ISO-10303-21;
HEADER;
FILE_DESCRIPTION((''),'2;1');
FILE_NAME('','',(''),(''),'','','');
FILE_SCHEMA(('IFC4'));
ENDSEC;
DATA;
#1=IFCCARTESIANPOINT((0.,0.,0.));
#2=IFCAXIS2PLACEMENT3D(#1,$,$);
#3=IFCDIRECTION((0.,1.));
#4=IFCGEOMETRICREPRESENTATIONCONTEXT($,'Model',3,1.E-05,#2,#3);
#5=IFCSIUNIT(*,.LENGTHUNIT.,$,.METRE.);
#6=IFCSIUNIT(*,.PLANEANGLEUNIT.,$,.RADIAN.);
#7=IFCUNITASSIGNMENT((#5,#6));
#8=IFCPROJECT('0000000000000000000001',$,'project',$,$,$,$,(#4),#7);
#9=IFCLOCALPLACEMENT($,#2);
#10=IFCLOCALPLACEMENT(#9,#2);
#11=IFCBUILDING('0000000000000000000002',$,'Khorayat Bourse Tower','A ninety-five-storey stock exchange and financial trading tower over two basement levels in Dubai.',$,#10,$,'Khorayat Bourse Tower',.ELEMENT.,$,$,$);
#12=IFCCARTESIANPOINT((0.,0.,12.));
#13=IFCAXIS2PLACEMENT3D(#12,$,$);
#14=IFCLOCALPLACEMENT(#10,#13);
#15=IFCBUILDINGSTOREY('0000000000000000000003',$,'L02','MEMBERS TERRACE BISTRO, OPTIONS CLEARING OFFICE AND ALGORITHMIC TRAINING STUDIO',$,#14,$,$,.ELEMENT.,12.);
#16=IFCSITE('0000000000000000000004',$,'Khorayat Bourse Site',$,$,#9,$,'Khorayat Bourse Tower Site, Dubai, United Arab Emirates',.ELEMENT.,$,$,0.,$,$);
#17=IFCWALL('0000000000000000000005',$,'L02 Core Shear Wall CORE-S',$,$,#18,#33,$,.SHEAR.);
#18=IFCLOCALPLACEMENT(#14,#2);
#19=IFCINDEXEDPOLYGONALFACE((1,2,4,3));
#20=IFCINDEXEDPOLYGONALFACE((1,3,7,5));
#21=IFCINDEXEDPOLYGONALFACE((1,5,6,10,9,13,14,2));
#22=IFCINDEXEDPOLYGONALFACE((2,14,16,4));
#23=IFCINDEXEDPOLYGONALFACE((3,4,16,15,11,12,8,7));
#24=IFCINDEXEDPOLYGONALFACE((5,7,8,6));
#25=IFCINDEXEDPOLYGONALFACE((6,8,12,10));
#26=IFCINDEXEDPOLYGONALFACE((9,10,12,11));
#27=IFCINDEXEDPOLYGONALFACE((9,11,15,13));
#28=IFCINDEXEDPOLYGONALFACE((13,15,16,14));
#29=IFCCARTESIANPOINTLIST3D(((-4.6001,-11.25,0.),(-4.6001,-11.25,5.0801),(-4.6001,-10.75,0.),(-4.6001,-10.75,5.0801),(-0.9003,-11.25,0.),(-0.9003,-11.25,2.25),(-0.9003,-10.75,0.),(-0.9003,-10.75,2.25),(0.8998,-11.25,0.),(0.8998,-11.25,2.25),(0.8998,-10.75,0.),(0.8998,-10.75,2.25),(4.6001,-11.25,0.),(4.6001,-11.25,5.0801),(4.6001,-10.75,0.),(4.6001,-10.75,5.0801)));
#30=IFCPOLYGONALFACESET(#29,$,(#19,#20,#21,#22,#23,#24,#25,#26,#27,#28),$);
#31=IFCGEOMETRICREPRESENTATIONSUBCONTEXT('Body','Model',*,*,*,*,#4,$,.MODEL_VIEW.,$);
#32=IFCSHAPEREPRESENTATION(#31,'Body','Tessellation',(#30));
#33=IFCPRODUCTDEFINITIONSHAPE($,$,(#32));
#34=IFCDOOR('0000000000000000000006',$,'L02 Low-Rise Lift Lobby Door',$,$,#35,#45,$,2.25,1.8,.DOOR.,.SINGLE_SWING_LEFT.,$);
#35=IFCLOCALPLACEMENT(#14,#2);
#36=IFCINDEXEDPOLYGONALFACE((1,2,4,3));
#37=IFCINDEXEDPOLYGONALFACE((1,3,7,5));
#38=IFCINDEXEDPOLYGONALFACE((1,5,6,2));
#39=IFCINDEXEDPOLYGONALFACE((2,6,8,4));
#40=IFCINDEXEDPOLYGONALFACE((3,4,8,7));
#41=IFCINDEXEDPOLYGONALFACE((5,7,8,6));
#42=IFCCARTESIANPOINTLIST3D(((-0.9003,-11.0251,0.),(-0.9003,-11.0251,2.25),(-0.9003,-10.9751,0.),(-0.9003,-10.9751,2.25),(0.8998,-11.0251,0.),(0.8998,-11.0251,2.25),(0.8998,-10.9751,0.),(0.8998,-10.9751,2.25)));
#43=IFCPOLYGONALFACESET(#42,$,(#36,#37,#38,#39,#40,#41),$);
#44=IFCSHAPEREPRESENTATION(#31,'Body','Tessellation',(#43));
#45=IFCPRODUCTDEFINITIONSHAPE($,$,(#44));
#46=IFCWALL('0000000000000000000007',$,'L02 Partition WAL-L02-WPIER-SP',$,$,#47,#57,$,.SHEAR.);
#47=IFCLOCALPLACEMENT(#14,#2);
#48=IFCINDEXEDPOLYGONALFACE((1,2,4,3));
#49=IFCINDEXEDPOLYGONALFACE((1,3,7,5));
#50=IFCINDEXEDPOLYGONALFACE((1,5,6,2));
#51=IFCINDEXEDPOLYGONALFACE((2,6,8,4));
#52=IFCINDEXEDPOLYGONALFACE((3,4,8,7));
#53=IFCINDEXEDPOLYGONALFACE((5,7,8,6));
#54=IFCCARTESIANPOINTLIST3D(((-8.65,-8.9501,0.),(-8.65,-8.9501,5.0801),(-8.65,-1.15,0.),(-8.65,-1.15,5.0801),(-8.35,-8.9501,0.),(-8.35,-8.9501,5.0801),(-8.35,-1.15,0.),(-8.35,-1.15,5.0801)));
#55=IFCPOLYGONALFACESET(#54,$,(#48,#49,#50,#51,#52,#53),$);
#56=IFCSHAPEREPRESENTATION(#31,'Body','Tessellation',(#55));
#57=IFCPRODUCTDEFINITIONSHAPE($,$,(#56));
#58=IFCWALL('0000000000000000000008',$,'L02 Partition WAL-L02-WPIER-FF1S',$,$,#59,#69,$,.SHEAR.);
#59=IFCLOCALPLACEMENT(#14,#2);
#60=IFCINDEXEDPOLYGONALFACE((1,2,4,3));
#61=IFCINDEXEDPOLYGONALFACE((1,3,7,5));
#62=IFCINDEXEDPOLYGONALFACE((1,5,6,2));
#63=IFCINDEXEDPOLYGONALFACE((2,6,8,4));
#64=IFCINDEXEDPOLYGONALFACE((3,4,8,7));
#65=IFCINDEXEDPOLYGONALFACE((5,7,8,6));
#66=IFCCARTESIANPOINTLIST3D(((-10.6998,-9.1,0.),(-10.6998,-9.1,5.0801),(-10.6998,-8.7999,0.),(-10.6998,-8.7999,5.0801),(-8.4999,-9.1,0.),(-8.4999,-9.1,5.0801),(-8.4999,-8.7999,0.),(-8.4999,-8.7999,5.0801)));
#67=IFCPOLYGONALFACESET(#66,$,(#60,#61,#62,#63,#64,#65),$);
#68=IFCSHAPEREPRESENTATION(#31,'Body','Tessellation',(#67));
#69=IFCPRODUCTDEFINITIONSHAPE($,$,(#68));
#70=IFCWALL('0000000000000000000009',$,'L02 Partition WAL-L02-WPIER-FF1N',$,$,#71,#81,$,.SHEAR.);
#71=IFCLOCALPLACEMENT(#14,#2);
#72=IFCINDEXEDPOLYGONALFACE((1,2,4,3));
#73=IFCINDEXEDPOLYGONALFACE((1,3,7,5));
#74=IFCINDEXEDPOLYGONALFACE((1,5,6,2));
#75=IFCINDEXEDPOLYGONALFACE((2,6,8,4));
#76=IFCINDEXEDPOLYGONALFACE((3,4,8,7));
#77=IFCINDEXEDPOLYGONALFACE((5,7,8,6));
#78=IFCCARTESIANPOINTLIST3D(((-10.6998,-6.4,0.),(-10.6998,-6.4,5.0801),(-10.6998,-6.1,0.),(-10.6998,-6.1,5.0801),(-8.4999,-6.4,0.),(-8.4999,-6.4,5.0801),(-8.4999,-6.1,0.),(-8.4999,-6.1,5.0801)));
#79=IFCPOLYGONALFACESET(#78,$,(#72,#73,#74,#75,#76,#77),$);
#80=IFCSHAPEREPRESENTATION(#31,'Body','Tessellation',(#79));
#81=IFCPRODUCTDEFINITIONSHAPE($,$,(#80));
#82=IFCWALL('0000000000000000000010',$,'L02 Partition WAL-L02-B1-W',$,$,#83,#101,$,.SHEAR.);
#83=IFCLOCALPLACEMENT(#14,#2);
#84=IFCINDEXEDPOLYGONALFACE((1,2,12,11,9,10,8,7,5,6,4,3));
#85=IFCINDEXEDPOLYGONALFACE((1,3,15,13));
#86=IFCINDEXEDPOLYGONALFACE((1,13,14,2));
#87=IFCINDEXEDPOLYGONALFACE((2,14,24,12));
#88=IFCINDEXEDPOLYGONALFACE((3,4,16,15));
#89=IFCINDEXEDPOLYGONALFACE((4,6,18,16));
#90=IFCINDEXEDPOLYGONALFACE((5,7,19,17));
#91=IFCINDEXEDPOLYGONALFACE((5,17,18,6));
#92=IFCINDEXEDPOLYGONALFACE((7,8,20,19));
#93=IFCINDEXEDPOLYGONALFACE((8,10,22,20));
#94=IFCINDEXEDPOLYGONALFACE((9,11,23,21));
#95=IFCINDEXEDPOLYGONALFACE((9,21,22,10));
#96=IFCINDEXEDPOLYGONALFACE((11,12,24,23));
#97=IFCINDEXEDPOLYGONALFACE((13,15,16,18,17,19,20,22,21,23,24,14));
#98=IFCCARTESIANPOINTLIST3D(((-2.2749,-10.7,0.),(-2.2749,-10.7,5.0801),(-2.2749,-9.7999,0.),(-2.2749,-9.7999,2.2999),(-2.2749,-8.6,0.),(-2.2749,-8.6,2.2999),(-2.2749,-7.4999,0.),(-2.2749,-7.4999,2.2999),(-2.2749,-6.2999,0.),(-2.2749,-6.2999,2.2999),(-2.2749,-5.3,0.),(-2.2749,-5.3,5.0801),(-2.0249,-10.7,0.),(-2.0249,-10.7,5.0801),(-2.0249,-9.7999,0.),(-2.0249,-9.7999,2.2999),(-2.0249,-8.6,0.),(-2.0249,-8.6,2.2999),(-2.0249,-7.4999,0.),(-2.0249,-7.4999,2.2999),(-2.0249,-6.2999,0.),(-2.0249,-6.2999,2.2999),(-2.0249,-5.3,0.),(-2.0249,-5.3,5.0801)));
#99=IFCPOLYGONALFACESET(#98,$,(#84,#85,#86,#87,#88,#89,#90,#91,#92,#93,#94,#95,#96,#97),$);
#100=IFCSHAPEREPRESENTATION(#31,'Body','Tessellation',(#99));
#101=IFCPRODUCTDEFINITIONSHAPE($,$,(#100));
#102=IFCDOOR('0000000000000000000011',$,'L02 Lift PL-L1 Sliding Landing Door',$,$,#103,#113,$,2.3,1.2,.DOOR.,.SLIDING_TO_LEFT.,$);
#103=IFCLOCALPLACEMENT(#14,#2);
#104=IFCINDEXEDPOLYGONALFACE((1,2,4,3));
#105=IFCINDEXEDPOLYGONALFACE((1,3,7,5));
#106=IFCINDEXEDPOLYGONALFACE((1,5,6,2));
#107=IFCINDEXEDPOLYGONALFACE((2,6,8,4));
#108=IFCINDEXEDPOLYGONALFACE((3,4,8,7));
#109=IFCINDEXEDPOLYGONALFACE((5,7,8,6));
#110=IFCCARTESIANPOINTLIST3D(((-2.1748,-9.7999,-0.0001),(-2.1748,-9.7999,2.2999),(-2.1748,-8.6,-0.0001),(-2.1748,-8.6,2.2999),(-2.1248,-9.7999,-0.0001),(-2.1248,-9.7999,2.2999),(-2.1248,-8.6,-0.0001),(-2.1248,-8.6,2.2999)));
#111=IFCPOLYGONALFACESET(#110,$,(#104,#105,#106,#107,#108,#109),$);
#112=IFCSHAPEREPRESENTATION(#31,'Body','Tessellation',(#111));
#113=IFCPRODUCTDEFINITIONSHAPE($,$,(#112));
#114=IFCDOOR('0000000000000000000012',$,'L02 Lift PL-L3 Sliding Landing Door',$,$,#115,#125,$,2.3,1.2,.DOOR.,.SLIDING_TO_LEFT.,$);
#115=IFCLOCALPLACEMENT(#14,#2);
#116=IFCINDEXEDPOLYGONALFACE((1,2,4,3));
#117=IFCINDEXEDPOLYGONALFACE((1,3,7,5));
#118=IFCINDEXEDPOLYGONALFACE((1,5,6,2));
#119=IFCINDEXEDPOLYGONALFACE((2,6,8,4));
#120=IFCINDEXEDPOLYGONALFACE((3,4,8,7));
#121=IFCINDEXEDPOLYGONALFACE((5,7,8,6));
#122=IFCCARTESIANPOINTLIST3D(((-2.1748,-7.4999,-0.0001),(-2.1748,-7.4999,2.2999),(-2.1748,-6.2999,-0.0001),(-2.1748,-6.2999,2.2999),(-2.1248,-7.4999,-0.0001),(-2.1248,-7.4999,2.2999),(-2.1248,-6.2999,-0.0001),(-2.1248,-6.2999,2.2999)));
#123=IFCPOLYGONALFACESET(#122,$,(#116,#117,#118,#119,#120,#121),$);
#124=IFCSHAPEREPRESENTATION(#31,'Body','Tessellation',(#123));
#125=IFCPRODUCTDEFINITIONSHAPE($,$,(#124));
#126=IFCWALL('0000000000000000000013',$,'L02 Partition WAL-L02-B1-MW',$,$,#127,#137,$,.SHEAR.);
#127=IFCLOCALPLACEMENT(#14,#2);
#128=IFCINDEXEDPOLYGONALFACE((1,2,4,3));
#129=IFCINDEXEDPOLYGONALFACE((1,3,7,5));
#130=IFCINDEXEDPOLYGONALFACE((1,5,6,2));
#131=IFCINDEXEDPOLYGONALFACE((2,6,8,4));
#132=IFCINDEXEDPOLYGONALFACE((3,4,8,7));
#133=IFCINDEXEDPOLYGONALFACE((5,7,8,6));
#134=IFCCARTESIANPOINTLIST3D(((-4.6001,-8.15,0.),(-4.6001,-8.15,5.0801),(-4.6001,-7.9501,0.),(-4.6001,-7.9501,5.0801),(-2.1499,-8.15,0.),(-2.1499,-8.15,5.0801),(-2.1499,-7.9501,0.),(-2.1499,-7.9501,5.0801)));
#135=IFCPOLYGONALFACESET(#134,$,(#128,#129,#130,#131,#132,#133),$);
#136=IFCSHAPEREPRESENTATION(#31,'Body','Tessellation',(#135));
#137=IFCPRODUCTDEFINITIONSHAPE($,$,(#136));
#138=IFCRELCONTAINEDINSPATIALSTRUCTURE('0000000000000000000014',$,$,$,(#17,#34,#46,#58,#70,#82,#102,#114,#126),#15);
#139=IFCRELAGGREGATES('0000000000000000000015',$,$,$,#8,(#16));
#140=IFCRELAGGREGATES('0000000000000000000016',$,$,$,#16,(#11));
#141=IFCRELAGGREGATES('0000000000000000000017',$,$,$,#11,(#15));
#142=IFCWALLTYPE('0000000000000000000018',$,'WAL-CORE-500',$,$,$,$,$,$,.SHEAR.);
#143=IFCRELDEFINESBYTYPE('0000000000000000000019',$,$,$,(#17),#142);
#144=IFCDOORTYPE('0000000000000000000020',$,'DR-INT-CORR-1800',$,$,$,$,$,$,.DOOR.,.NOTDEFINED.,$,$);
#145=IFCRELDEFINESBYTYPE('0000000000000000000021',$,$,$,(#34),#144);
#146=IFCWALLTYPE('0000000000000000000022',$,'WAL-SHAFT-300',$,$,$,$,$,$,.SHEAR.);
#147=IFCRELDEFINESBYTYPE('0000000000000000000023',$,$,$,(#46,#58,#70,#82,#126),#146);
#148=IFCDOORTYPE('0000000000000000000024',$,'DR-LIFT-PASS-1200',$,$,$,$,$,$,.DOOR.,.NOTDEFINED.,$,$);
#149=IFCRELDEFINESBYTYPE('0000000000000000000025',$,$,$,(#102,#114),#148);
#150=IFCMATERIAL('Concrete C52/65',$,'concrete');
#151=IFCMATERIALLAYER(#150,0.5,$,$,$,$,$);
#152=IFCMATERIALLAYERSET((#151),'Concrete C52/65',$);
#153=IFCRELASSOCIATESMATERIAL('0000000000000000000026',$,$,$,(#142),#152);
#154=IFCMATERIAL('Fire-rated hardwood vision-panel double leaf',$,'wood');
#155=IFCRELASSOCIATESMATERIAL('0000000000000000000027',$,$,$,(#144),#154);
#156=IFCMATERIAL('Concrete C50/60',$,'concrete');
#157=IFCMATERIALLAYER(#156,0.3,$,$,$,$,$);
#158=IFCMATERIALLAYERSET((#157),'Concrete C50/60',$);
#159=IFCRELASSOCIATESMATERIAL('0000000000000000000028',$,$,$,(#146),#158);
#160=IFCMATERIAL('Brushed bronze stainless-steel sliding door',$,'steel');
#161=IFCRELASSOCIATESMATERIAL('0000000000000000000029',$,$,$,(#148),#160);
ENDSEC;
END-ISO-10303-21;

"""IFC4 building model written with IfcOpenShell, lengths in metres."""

from ifc_helpers import new_model, si_unit, direction, frame, frame_2d, origin, place, context, subcontext, project, spatial, rectangle, extrude, source, transform, mapped, material, layer, layer_set, type_object, element, fill, save


model = new_model("IFC4")

# Units and contexts
model_context = context("Model", 3, precision=1e-05, world=origin(), true_north=direction((0.0, 1.0)))
body_context = subcontext(model_context, "Body", "Model", "MODEL_VIEW")
ifc_project = project(units=[si_unit("LENGTHUNIT", "METRE"), si_unit("PLANEANGLEUNIT", "RADIAN")], contexts=[model_context])

# Site, building, storey
site_placement = place(None, origin())
site = spatial("IfcSite", under=ifc_project, at=site_placement, Name="Khorayat Bourse Site", LongName="Khorayat Bourse Tower Site, Dubai, United Arab Emirates", CompositionType="ELEMENT", RefElevation=0.0)
building_placement = place(site_placement, origin())
building = spatial("IfcBuilding", under=site, at=building_placement, Name="Khorayat Bourse Tower", Description="A ninety-five-storey stock exchange and financial trading tower over two basement levels in Dubai.", LongName="Khorayat Bourse Tower", CompositionType="ELEMENT")
storey_placement = place(building_placement, frame((0.0, 0.0, 12.0)))
storey = spatial("IfcBuildingStorey", under=building, at=storey_placement, Name="L02", Description="MEMBERS TERRACE BISTRO, OPTIONS CLEARING OFFICE AND ALGORITHMIC TRAINING STUDIO", CompositionType="ELEMENT", Elevation=12.0)

# Shared definitions
ifc_material_1 = material(Name="Concrete C52/65", Category="concrete")
ifc_layer_1 = layer(ifc_material_1, 0.5)
ifc_layer_set_1 = layer_set([ifc_layer_1], Name="Concrete C52/65")
wall_type_1 = type_object("IfcWallType", Name="WAL-CORE-500", PredefinedType="SHEAR", material=ifc_layer_set_1)

# Wall, opening, door
shared_shape_1 = source(origin(), body_context, "Body", "SweptSolid", [
    extrude(rectangle(XDim=9.2002, YDim=0.5, at=frame_2d((4.6001, 0.0))), origin(), (0.0, 0.0, 1.0), 5.0801),
])
wall_1_placement = place(storey_placement, frame((-4.6001, -11.0, 0.0), z_axis=(0.0, 0.0, 1.0), x_axis=(1.0, 0.0, 0.0)))
wall_1 = element("IfcWall", 1, at=wall_1_placement, inside=storey, type_object=wall_type_1, Name="L02 Core Shear Wall CORE-S", PredefinedType="SHEAR", context=body_context, shape_type="MappedRepresentation", body=[
    mapped(shared_shape_1, transform((0.0, 0.0, 0.0), scale=1.0)),
])
shared_shape_2 = source(origin(), body_context, "Body", "SweptSolid", [
    extrude(rectangle(XDim=1.8, YDim=2.25, at=frame_2d((0.8999, 1.125))), frame((0.0, 0.26, 0.0), z_axis=(0.0, -1.0, 0.0), x_axis=(1.0, 0.0, 0.0)), (0.0, 0.0, 1.0), 0.52),
])
opening_1_placement = place(wall_1_placement, frame((3.7, 0.0, 0.0)))
opening_1 = element("IfcOpeningElement", 2, at=opening_1_placement, cuts=wall_1, PredefinedType="OPENING", context=body_context, shape_type="MappedRepresentation", body=[
    mapped(shared_shape_2, transform((0.0, 0.0, 0.0), scale=1.0)),
])
ifc_material_2 = material(Name="Fire-rated hardwood vision-panel double leaf", Category="wood")
door_type_1 = type_object("IfcDoorType", Name="DR-INT-CORR-1800", OperationType="NOTDEFINED", PredefinedType="DOOR", material=ifc_material_2)
shared_shape_3 = source(origin(), body_context, "Body", "SweptSolid", [
    extrude(rectangle(XDim=1.8, YDim=2.25, at=frame_2d((0.8999, 1.125))), frame((0.0, 0.0249, 0.0), z_axis=(0.0, -1.0, 0.0), x_axis=(1.0, 0.0, 0.0)), (0.0, 0.0, 1.0), 0.05),
])
door_1_placement = place(opening_1_placement, origin())
door_1 = element("IfcDoor", 3, at=door_1_placement, inside=storey, type_object=door_type_1, Name="L02 Low-Rise Lift Lobby Door", OperationType="SINGLE_SWING_LEFT", OverallHeight=2.25, OverallWidth=1.8, PredefinedType="DOOR", context=body_context, shape_type="MappedRepresentation", body=[
    mapped(shared_shape_3, transform((0.0, 0.0, 0.0), scale=1.0)),
])
fill(opening_1, door_1)

# Walls
ifc_material_3 = material(Name="Concrete C50/60", Category="concrete")
ifc_layer_2 = layer(ifc_material_3, 0.3)
ifc_layer_set_2 = layer_set([ifc_layer_2], Name="Concrete C50/60")
wall_type_2 = type_object("IfcWallType", Name="WAL-SHAFT-300", PredefinedType="SHEAR", material=ifc_layer_set_2)
shared_shape_4 = source(origin(), body_context, "Body", "SweptSolid", [
    extrude(rectangle(XDim=7.8, YDim=0.3, at=frame_2d((3.8999, 0.0))), origin(), (0.0, 0.0, 1.0), 5.0801),
])
wall_2_placement = place(storey_placement, frame((-8.5, -8.95, 0.0), z_axis=(0.0, 0.0, 1.0), x_axis=(0.0, 1.0, 0.0)))
element("IfcWall", 4, at=wall_2_placement, inside=storey, type_object=wall_type_2, Name="L02 Partition WAL-L02-WPIER-SP", PredefinedType="SHEAR", context=body_context, shape_type="MappedRepresentation", body=[
    mapped(shared_shape_4, transform((0.0, 0.0, 0.0), scale=1.0)),
])
shared_shape_5 = source(origin(), body_context, "Body", "SweptSolid", [
    extrude(rectangle(XDim=2.2, YDim=0.3, at=frame_2d((1.1001, 0.0))), origin(), (0.0, 0.0, 1.0), 5.0801),
])
for number, where, z_axis, x_axis, name in (
    (5, (-10.7, -8.95, 0.0), (0.0, 0.0, 1.0), (1.0, 0.0, 0.0), "L02 Partition WAL-L02-WPIER-FF1S"),
    (6, (-10.7, -6.25, 0.0), (0.0, 0.0, 1.0), (1.0, 0.0, 0.0), "L02 Partition WAL-L02-WPIER-FF1N"),
):
    element("IfcWall", number, at=place(storey_placement, frame(where, z_axis=z_axis, x_axis=x_axis)), inside=storey, type_object=wall_type_2, Name=name, PredefinedType="SHEAR", context=body_context, shape_type="MappedRepresentation", body=[
        mapped(shared_shape_5, transform((0.0, 0.0, 0.0), scale=1.0)),
    ])

# Wall, openings, doors
shared_shape_6 = source(origin(), body_context, "Body", "SweptSolid", [
    extrude(rectangle(XDim=5.3999, YDim=0.25, at=frame_2d((2.7, 0.0))), origin(), (0.0, 0.0, 1.0), 5.0801),
])
wall_3_placement = place(storey_placement, frame((-2.1499, -10.7, 0.0), z_axis=(0.0, 0.0, 1.0), x_axis=(0.0, 1.0, 0.0)))
wall_3 = element("IfcWall", 7, at=wall_3_placement, inside=storey, type_object=wall_type_2, Name="L02 Partition WAL-L02-B1-W", PredefinedType="SHEAR", context=body_context, shape_type="MappedRepresentation", body=[
    mapped(shared_shape_6, transform((0.0, 0.0, 0.0), scale=1.0)),
])
shared_shape_7 = source(origin(), body_context, "Body", "SweptSolid", [
    extrude(rectangle(XDim=1.2, YDim=2.3, at=frame_2d((0.6001, 1.1499))), frame((0.0, 0.135, 0.0), z_axis=(0.0, -1.0, 0.0), x_axis=(1.0, 0.0, 0.0)), (0.0, 0.0, 1.0), 0.27),
])
opening_2_placement = place(wall_3_placement, frame((0.8999, 0.0, 0.0)))
opening_2 = element("IfcOpeningElement", 8, at=opening_2_placement, cuts=wall_3, PredefinedType="OPENING", context=body_context, shape_type="MappedRepresentation", body=[
    mapped(shared_shape_7, transform((0.0, 0.0, 0.0), scale=1.0)),
])
opening_3_placement = place(wall_3_placement, frame((3.2, 0.0, 0.0)))
opening_3 = element("IfcOpeningElement", 9, at=opening_3_placement, cuts=wall_3, PredefinedType="OPENING", context=body_context, shape_type="MappedRepresentation", body=[
    mapped(shared_shape_7, transform((0.0, 0.0, 0.0), scale=1.0)),
])
ifc_material_4 = material(Name="Brushed bronze stainless-steel sliding door", Category="steel")
door_type_2 = type_object("IfcDoorType", Name="DR-LIFT-PASS-1200", OperationType="NOTDEFINED", PredefinedType="DOOR", material=ifc_material_4)
shared_shape_8 = source(origin(), body_context, "Body", "SweptSolid", [
    extrude(rectangle(XDim=1.2, YDim=2.3, at=frame_2d((0.6001, 1.1499))), frame((0.0, 0.0249, 0.0), z_axis=(0.0, -1.0, 0.0), x_axis=(1.0, 0.0, 0.0)), (0.0, 0.0, 1.0), 0.05),
])
door_2_placement = place(opening_2_placement, origin())
door_2 = element("IfcDoor", 10, at=door_2_placement, inside=storey, type_object=door_type_2, Name="L02 Lift PL-L1 Sliding Landing Door", OperationType="SLIDING_TO_LEFT", OverallHeight=2.3, OverallWidth=1.2, PredefinedType="DOOR", context=body_context, shape_type="MappedRepresentation", body=[
    mapped(shared_shape_8, transform((0.0, 0.0, 0.0), scale=1.0)),
])
fill(opening_2, door_2)
door_3_placement = place(opening_3_placement, origin())
door_3 = element("IfcDoor", 11, at=door_3_placement, inside=storey, type_object=door_type_2, Name="L02 Lift PL-L3 Sliding Landing Door", OperationType="SLIDING_TO_LEFT", OverallHeight=2.3, OverallWidth=1.2, PredefinedType="DOOR", context=body_context, shape_type="MappedRepresentation", body=[
    mapped(shared_shape_8, transform((0.0, 0.0, 0.0), scale=1.0)),
])
fill(opening_3, door_3)

# Wall
shared_shape_9 = source(origin(), body_context, "Body", "SweptSolid", [
    extrude(rectangle(XDim=2.4502, YDim=0.2, at=frame_2d((1.2251, 0.0))), origin(), (0.0, 0.0, 1.0), 5.0801),
])
wall_4_placement = place(storey_placement, frame((-4.6001, -8.05, 0.0), z_axis=(0.0, 0.0, 1.0), x_axis=(1.0, 0.0, 0.0)))
element("IfcWall", 12, at=wall_4_placement, inside=storey, type_object=wall_type_2, Name="L02 Partition WAL-L02-B1-MW", PredefinedType="SHEAR", context=body_context, shape_type="MappedRepresentation", body=[
    mapped(shared_shape_9, transform((0.0, 0.0, 0.0), scale=1.0)),
])

save(model, "model.ifc")
